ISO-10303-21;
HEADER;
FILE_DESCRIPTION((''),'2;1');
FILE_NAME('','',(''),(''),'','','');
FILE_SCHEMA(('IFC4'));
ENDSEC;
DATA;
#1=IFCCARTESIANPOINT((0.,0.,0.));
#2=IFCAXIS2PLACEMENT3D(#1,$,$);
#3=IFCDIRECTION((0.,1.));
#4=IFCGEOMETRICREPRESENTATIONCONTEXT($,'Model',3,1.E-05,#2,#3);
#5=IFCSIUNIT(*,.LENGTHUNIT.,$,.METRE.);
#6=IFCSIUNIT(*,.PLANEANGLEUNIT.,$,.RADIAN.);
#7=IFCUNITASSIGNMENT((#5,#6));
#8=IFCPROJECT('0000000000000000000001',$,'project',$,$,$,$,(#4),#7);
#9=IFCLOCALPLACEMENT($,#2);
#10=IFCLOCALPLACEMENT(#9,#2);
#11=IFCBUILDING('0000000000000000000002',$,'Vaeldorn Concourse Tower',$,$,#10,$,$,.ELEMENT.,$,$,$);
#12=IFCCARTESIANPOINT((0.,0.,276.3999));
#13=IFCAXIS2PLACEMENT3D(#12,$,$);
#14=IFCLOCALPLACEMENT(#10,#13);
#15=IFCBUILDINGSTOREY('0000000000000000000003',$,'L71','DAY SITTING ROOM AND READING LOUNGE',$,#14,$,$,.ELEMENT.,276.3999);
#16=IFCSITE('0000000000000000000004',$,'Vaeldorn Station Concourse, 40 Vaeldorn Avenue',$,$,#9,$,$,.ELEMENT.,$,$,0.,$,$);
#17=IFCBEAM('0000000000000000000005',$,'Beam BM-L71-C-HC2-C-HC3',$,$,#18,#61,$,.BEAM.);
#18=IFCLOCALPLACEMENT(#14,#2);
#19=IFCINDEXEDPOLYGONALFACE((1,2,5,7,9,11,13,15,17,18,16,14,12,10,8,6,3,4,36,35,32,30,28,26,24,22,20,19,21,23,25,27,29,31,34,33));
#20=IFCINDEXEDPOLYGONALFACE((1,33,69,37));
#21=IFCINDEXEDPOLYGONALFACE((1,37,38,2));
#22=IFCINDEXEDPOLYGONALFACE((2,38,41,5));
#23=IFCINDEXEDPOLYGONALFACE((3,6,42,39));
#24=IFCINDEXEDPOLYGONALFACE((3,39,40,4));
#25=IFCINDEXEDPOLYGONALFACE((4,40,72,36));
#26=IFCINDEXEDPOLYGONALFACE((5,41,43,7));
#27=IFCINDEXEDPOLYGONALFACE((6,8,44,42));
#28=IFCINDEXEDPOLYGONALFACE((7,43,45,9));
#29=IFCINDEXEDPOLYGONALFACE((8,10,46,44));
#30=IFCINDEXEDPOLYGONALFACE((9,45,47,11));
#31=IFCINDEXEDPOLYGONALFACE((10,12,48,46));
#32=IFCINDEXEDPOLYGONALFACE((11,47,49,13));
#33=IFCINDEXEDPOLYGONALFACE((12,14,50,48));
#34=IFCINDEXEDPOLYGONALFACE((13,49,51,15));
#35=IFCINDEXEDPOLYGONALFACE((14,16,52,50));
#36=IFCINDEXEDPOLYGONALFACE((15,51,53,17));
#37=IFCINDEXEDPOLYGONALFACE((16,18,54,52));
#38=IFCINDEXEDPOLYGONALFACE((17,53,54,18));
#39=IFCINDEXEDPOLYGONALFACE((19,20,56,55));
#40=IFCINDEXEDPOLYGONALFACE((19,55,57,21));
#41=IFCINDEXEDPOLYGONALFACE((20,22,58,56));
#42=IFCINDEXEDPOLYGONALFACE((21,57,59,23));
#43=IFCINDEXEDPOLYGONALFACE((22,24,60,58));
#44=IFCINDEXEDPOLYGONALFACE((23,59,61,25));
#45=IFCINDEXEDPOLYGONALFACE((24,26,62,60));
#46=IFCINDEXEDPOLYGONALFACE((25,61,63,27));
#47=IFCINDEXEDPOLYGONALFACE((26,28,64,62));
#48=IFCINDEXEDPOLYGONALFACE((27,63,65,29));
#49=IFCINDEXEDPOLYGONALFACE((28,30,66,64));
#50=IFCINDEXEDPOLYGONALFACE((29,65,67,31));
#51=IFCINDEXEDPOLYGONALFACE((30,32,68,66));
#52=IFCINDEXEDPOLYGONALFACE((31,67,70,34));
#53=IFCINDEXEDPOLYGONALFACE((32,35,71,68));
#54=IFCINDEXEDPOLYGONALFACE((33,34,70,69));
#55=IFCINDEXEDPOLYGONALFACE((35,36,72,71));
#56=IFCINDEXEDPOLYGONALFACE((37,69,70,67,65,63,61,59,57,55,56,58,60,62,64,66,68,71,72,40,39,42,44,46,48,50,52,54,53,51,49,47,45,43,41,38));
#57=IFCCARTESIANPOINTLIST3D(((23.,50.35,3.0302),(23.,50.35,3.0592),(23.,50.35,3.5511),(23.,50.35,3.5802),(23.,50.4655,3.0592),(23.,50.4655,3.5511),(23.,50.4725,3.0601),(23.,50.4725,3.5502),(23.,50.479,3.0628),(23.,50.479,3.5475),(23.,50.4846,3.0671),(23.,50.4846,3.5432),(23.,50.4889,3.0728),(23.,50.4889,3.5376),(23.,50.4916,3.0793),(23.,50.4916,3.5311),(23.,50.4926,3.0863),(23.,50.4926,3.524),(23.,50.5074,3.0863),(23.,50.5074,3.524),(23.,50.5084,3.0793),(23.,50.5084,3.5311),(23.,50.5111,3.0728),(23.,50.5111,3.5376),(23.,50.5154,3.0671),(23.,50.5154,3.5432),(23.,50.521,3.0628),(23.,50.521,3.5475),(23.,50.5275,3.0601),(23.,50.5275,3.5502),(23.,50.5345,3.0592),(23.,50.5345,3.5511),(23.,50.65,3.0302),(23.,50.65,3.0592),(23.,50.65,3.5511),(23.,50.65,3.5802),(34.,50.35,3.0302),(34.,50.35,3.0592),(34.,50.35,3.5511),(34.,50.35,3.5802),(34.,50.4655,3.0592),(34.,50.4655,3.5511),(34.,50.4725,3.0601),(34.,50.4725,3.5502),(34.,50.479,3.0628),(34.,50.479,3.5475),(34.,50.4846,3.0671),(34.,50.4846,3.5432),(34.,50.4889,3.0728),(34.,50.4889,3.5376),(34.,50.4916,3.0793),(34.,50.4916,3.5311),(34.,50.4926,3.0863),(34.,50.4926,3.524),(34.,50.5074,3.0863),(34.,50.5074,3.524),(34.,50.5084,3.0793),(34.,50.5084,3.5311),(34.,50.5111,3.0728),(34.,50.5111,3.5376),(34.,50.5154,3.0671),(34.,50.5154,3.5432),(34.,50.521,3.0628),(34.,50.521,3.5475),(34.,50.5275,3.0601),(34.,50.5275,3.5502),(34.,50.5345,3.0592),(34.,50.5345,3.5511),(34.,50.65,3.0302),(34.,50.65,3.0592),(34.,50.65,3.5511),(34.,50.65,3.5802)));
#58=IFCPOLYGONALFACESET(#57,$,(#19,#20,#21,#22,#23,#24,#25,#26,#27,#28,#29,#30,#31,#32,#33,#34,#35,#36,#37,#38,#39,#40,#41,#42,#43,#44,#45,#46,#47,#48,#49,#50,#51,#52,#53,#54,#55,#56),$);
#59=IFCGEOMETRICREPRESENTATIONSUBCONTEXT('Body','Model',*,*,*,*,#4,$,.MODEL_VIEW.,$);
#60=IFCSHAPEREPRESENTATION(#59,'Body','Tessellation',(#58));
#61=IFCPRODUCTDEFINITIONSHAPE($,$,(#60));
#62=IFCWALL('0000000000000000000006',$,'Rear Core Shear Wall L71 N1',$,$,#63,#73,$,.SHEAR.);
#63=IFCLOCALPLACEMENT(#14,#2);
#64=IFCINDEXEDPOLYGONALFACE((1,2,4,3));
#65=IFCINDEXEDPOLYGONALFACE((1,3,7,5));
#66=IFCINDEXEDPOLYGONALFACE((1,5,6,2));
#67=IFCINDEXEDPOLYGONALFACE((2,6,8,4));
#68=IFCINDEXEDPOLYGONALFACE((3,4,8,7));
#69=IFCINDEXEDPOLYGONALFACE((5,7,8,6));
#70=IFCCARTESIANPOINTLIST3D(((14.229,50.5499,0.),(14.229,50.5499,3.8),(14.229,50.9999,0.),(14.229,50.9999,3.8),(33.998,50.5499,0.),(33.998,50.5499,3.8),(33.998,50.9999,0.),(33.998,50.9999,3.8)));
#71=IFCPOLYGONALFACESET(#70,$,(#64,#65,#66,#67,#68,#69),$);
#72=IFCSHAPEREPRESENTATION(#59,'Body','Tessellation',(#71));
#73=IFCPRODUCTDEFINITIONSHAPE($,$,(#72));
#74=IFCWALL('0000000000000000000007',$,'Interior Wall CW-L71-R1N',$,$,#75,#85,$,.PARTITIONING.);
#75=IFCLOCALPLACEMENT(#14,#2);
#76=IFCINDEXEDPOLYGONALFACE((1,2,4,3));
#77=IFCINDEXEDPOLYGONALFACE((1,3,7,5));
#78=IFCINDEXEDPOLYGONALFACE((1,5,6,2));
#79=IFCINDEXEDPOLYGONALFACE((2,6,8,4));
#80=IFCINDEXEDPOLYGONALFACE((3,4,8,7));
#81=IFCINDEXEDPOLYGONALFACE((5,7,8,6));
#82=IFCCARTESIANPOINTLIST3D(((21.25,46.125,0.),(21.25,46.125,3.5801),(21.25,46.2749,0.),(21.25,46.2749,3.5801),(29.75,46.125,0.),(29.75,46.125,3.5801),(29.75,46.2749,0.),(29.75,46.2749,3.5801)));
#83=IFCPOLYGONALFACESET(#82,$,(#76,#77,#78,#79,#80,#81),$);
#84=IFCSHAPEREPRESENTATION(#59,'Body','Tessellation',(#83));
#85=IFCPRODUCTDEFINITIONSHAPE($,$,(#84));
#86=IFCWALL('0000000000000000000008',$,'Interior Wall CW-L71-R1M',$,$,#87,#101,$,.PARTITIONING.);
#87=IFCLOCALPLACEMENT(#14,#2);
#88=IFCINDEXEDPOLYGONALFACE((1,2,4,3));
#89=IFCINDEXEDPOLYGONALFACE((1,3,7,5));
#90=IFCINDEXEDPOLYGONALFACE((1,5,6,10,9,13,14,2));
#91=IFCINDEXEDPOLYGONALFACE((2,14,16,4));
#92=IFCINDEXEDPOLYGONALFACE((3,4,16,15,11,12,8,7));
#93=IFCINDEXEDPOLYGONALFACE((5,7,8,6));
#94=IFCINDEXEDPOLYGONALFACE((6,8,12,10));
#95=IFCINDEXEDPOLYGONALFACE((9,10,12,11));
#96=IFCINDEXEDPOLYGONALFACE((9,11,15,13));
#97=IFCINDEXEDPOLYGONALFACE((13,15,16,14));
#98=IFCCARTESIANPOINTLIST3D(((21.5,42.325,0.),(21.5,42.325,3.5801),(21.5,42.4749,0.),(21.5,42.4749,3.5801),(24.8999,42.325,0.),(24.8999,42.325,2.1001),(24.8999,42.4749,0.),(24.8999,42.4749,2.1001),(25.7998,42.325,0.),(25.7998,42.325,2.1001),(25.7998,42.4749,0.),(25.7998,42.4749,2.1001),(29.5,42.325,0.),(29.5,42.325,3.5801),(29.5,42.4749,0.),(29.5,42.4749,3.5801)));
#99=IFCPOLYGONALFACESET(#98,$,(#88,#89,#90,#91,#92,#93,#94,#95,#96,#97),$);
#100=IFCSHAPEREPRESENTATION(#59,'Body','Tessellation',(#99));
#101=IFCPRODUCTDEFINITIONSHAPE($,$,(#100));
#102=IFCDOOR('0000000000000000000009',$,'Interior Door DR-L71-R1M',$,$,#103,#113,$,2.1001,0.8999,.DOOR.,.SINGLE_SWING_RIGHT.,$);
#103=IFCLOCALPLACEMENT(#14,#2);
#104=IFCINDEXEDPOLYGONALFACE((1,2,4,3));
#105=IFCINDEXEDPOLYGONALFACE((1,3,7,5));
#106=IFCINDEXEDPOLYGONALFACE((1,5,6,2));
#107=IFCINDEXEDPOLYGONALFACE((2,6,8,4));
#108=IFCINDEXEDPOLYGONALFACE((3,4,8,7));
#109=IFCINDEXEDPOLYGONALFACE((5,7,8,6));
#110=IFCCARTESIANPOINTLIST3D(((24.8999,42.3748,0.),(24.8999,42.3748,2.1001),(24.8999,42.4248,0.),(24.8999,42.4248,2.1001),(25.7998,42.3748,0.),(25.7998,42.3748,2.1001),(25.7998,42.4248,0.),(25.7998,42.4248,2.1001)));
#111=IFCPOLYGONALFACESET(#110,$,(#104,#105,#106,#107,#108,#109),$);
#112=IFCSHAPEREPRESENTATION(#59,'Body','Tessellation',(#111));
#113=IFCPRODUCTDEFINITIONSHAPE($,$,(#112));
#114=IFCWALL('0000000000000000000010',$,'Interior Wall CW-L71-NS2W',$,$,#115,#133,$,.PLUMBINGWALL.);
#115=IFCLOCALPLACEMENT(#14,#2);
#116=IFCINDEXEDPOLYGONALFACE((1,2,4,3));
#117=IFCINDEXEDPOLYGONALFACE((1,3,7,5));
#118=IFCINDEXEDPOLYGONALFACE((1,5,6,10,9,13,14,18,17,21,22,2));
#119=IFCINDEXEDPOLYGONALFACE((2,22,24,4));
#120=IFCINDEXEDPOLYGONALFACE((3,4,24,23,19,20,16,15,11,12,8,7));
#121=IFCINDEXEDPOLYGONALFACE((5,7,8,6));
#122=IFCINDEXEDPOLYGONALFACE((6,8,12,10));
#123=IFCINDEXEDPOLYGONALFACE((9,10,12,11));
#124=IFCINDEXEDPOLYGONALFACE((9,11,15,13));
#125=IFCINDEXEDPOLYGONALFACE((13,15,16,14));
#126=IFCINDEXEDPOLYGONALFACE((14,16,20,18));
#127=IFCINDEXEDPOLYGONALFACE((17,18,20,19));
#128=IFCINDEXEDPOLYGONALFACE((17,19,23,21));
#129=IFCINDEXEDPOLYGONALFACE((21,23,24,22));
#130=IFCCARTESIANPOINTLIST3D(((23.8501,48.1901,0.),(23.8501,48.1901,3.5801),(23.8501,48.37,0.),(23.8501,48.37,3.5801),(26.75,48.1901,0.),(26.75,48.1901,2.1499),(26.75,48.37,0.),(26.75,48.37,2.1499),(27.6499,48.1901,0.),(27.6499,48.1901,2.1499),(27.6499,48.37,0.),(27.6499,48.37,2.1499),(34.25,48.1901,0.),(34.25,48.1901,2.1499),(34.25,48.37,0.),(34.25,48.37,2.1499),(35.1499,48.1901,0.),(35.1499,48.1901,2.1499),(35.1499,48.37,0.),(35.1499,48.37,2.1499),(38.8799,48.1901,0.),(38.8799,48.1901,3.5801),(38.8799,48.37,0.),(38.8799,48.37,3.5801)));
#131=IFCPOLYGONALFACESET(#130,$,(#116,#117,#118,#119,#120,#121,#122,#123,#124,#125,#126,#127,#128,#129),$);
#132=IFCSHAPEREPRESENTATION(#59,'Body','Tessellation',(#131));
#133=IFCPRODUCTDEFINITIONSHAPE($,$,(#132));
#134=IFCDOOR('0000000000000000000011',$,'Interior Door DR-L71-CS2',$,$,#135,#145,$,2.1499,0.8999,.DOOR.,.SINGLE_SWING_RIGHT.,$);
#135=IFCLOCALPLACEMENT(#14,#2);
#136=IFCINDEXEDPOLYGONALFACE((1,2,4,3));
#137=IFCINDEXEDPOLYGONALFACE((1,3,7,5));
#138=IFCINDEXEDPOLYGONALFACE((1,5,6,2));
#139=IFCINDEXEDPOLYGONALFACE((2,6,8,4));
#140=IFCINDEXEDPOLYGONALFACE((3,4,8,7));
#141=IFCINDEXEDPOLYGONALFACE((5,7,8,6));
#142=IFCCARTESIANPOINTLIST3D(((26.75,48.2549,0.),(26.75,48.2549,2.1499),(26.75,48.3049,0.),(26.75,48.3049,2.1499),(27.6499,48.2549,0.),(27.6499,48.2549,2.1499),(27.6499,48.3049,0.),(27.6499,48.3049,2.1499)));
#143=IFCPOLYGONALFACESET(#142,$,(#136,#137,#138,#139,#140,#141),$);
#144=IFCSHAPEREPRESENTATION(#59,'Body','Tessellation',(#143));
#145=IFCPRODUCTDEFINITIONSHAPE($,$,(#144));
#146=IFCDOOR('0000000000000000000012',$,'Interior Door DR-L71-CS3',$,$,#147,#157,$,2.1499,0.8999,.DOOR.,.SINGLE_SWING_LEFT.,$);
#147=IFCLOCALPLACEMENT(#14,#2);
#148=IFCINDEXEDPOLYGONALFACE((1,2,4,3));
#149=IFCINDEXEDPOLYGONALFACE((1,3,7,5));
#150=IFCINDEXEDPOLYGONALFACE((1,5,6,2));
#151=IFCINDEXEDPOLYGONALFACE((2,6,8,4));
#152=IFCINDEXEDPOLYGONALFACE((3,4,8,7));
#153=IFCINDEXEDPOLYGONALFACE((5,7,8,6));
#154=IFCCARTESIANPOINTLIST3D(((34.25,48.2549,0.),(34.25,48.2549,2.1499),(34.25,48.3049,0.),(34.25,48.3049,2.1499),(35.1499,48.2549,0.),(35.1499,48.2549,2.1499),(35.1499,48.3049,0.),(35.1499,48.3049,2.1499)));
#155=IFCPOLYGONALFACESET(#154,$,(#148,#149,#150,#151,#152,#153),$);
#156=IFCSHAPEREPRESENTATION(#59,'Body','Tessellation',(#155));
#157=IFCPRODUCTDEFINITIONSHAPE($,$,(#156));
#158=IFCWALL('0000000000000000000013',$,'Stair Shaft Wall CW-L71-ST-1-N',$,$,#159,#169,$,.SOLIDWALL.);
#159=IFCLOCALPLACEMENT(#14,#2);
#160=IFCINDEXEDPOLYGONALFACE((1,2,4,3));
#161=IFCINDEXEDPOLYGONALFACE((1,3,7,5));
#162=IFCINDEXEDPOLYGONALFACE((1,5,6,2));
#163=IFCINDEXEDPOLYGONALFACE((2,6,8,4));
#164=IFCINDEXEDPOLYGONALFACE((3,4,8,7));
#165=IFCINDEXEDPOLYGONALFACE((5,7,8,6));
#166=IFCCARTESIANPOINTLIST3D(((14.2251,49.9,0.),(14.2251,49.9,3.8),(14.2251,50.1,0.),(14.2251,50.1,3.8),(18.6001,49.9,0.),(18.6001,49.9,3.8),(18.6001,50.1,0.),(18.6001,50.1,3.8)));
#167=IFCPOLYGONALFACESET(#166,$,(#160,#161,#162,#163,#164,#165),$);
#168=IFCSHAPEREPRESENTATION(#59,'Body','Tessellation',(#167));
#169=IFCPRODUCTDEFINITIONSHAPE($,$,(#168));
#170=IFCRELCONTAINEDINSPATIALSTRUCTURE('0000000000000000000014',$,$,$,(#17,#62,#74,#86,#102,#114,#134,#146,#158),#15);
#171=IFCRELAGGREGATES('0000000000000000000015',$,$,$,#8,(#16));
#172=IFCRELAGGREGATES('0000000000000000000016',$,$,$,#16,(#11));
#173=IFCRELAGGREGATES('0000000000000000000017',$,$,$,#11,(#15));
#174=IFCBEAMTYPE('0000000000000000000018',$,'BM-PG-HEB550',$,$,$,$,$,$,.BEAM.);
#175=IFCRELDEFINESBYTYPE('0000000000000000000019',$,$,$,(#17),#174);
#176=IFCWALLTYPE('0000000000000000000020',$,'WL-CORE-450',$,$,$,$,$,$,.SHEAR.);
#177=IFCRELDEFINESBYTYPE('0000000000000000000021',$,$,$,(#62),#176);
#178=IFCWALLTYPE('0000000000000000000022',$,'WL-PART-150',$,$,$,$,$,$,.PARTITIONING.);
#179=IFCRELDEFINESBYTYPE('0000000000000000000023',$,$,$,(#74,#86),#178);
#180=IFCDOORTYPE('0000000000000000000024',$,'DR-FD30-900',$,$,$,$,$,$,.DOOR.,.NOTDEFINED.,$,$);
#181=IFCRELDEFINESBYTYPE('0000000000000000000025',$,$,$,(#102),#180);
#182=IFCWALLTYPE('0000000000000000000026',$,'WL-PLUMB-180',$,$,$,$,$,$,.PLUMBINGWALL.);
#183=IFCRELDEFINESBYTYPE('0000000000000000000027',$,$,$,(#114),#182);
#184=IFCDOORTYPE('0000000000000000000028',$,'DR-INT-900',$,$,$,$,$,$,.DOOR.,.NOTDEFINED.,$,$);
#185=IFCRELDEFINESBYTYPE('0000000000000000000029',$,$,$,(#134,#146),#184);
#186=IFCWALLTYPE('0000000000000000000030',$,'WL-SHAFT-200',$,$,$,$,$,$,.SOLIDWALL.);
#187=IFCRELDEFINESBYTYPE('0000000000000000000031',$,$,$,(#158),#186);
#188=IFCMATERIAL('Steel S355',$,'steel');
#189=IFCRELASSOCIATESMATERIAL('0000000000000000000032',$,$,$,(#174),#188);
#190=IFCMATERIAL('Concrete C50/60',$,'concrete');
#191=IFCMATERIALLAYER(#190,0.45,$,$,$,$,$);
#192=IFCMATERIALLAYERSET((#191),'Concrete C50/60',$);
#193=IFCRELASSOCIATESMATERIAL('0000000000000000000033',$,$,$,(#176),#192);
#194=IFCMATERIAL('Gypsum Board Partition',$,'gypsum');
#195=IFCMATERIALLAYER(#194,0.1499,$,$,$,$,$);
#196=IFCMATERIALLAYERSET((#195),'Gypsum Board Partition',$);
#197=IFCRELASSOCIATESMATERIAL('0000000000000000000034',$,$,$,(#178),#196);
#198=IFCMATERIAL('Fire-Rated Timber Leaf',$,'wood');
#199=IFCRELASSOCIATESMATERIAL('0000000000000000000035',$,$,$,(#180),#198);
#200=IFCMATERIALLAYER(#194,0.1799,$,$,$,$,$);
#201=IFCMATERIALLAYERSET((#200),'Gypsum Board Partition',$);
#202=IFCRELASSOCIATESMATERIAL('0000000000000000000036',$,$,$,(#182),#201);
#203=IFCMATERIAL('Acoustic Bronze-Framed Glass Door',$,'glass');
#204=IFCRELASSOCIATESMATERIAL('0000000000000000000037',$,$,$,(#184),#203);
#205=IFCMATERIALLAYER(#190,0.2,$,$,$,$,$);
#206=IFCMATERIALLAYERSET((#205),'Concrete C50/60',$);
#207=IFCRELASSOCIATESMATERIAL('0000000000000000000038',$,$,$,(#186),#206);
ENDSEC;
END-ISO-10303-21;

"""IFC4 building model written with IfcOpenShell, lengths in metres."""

from ifc_helpers import new_model, si_unit, direction, frame, frame_2d, origin, origin_2d, place, context, subcontext, project, spatial, rectangle, i_section, extrude, source, transform, mapped, material, layer, layer_set, material_profile, profile_set, type_object, element, fill, save


model = new_model("IFC4")

# Units and contexts
model_context = context("Model", 3, precision=1e-05, world=origin(), true_north=direction((0.0, 1.0)))
body_context = subcontext(model_context, "Body", "Model", "MODEL_VIEW")
ifc_project = project(units=[si_unit("LENGTHUNIT", "METRE"), si_unit("PLANEANGLEUNIT", "RADIAN")], contexts=[model_context])

# Site, building, storey
site_placement = place(None, origin())
site = spatial("IfcSite", under=ifc_project, at=site_placement, Name="Vaeldorn Station Concourse, 40 Vaeldorn Avenue", CompositionType="ELEMENT", RefElevation=0.0)
building_placement = place(site_placement, origin())
building = spatial("IfcBuilding", under=site, at=building_placement, Name="Vaeldorn Concourse Tower", CompositionType="ELEMENT")
storey_placement = place(building_placement, frame((0.0, 0.0, 276.3999)))
storey = spatial("IfcBuildingStorey", under=building, at=storey_placement, Name="L71", Description="DAY SITTING ROOM AND READING LOUNGE", CompositionType="ELEMENT", Elevation=276.3999)

# Shared definitions
ifc_material_1 = material(Name="Steel S355", Category="steel")

# Beam
ifc_material_profile_1 = material_profile(ifc_material_1, i_section(OverallWidth=0.3, OverallDepth=0.55, WebThickness=0.0149, FlangeThickness=0.0291, FilletRadius=0.0271, at=origin_2d()), Name="HEB 550")
ifc_profile_set_1 = profile_set([ifc_material_profile_1], Name="Steel S355")
beam_type_1 = type_object("IfcBeamType", Name="BM-PG-HEB550", PredefinedType="BEAM", material=ifc_profile_set_1)
shared_shape_1 = source(origin(), body_context, "Body", "SweptSolid", [
    extrude(i_section(OverallWidth=0.3, OverallDepth=0.55, WebThickness=0.0149, FlangeThickness=0.0291, FilletRadius=0.0271, at=origin_2d()), origin(), (0.0, 0.0, 1.0), 11.0),
])
beam_1_placement = place(storey_placement, frame((23.0, 50.5, 3.3052), z_axis=(1.0, 0.0, 0.0), x_axis=(0.0, 1.0, 0.0)))
element("IfcBeam", 1, at=beam_1_placement, inside=storey, type_object=beam_type_1, Name="Beam BM-L71-C-HC2-C-HC3", PredefinedType="BEAM", context=body_context, shape_type="MappedRepresentation", body=[
    mapped(shared_shape_1, transform((0.0, 0.0, 0.0), scale=1.0)),
])

# Walls
ifc_material_2 = material(Name="Concrete C50/60", Category="concrete")
ifc_layer_1 = layer(ifc_material_2, 0.45)
ifc_layer_set_1 = layer_set([ifc_layer_1], Name="Concrete C50/60")
wall_type_1 = type_object("IfcWallType", Name="WL-CORE-450", PredefinedType="SHEAR", material=ifc_layer_set_1)
wall_1_placement = place(storey_placement, frame((14.229, 50.7749, 0.0), z_axis=(0.0, 0.0, 1.0), x_axis=(1.0, 0.0, 0.0)))
element("IfcWall", 2, at=wall_1_placement, inside=storey, type_object=wall_type_1, Name="Rear Core Shear Wall L71 N1", PredefinedType="SHEAR", context=body_context, shape_type="SweptSolid", body=[
    extrude(rectangle(XDim=19.769, YDim=0.45, at=frame_2d((9.8845, 0.0))), origin(), (0.0, 0.0, 1.0), 3.8),
])
ifc_material_3 = material(Name="Gypsum Board Partition", Category="gypsum")
ifc_layer_2 = layer(ifc_material_3, 0.1499)
ifc_layer_set_2 = layer_set([ifc_layer_2], Name="Gypsum Board Partition")
wall_type_2 = type_object("IfcWallType", Name="WL-PART-150", PredefinedType="PARTITIONING", material=ifc_layer_set_2)
wall_2_placement = place(storey_placement, frame((21.25, 46.2, 0.0), z_axis=(0.0, 0.0, 1.0), x_axis=(1.0, 0.0, 0.0)))
element("IfcWall", 3, at=wall_2_placement, inside=storey, type_object=wall_type_2, Name="Interior Wall CW-L71-R1N", PredefinedType="PARTITIONING", context=body_context, shape_type="SweptSolid", body=[
    extrude(rectangle(XDim=8.5, YDim=0.1499, at=frame_2d((4.25, 0.0))), origin(), (0.0, 0.0, 1.0), 3.5801),
])

# Wall, opening, door
wall_3_placement = place(storey_placement, frame((21.5, 42.3999, 0.0), z_axis=(0.0, 0.0, 1.0), x_axis=(1.0, 0.0, 0.0)))
wall_3 = element("IfcWall", 4, at=wall_3_placement, inside=storey, type_object=wall_type_2, Name="Interior Wall CW-L71-R1M", PredefinedType="PARTITIONING", context=body_context, shape_type="SweptSolid", body=[
    extrude(rectangle(XDim=8.0, YDim=0.1499, at=frame_2d((4.0, 0.0))), origin(), (0.0, 0.0, 1.0), 3.5801),
])
opening_1_placement = place(wall_3_placement, frame((3.3999, 0.0, 0.0)))
opening_1 = element("IfcOpeningElement", 5, at=opening_1_placement, cuts=wall_3, PredefinedType="OPENING", context=body_context, shape_type="SweptSolid", body=[
    extrude(rectangle(XDim=0.8999, YDim=2.1001, at=frame_2d((0.45, 1.05))), frame((0.0, 0.085, 0.0), z_axis=(0.0, -1.0, 0.0), x_axis=(1.0, 0.0, 0.0)), (0.0, 0.0, 1.0), 0.1699),
])
ifc_material_4 = material(Name="Fire-Rated Timber Leaf", Category="wood")
door_type_1 = type_object("IfcDoorType", Name="DR-FD30-900", OperationType="NOTDEFINED", PredefinedType="DOOR", material=ifc_material_4)
shared_shape_2 = source(origin(), body_context, "Body", "SweptSolid", [
    extrude(rectangle(XDim=0.8999, YDim=2.1001, at=frame_2d((0.45, 1.05))), frame((0.0, 0.0249, 0.0), z_axis=(0.0, -1.0, 0.0), x_axis=(1.0, 0.0, 0.0)), (0.0, 0.0, 1.0), 0.05),
])
door_1_placement = place(opening_1_placement, origin())
door_1 = element("IfcDoor", 6, at=door_1_placement, inside=storey, type_object=door_type_1, Name="Interior Door DR-L71-R1M", OperationType="SINGLE_SWING_RIGHT", OverallHeight=2.1001, OverallWidth=0.8999, PredefinedType="DOOR", context=body_context, shape_type="MappedRepresentation", body=[
    mapped(shared_shape_2, transform((0.0, 0.0, 0.0), scale=1.0)),
])
fill(opening_1, door_1)

# Wall, openings, doors
ifc_layer_3 = layer(ifc_material_3, 0.1799)
ifc_layer_set_3 = layer_set([ifc_layer_3], Name="Gypsum Board Partition")
wall_type_3 = type_object("IfcWallType", Name="WL-PLUMB-180", PredefinedType="PLUMBINGWALL", material=ifc_layer_set_3)
wall_4_placement = place(storey_placement, frame((23.8501, 48.28, 0.0), z_axis=(0.0, 0.0, 1.0), x_axis=(1.0, 0.0, 0.0)))
wall_4 = element("IfcWall", 7, at=wall_4_placement, inside=storey, type_object=wall_type_3, Name="Interior Wall CW-L71-NS2W", PredefinedType="PLUMBINGWALL", context=body_context, shape_type="SweptSolid", body=[
    extrude(rectangle(XDim=15.0298, YDim=0.1799, at=frame_2d((7.5149, 0.0))), origin(), (0.0, 0.0, 1.0), 3.5801),
])
opening_2_placement = place(wall_4_placement, frame((2.8999, 0.0, 0.0)))
opening_2 = element("IfcOpeningElement", 8, at=opening_2_placement, cuts=wall_4, PredefinedType="OPENING", context=body_context, shape_type="SweptSolid", body=[
    extrude(rectangle(XDim=0.8999, YDim=2.1499, at=frame_2d((0.45, 1.075))), frame((0.0, 0.1001, 0.0), z_axis=(0.0, -1.0, 0.0), x_axis=(1.0, 0.0, 0.0)), (0.0, 0.0, 1.0), 0.2),
])
opening_3_placement = place(wall_4_placement, frame((10.3999, 0.0, 0.0)))
opening_3 = element("IfcOpeningElement", 9, at=opening_3_placement, cuts=wall_4, PredefinedType="OPENING", context=body_context, shape_type="SweptSolid", body=[
    extrude(rectangle(XDim=0.8999, YDim=2.1499, at=frame_2d((0.45, 1.075))), frame((0.0, 0.1001, 0.0), z_axis=(0.0, -1.0, 0.0), x_axis=(1.0, 0.0, 0.0)), (0.0, 0.0, 1.0), 0.2),
])
ifc_material_5 = material(Name="Acoustic Bronze-Framed Glass Door", Category="glass")
door_type_2 = type_object("IfcDoorType", Name="DR-INT-900", OperationType="NOTDEFINED", PredefinedType="DOOR", material=ifc_material_5)
shared_shape_3 = source(origin(), body_context, "Body", "SweptSolid", [
    extrude(rectangle(XDim=0.8999, YDim=2.1499, at=frame_2d((0.45, 1.075))), frame((0.0, 0.0249, 0.0), z_axis=(0.0, -1.0, 0.0), x_axis=(1.0, 0.0, 0.0)), (0.0, 0.0, 1.0), 0.05),
])
door_2_placement = place(opening_2_placement, origin())
door_2 = element("IfcDoor", 10, at=door_2_placement, inside=storey, type_object=door_type_2, Name="Interior Door DR-L71-CS2", OperationType="SINGLE_SWING_RIGHT", OverallHeight=2.1499, OverallWidth=0.8999, PredefinedType="DOOR", context=body_context, shape_type="MappedRepresentation", body=[
    mapped(shared_shape_3, transform((0.0, 0.0, 0.0), scale=1.0)),
])
fill(opening_2, door_2)
door_3_placement = place(opening_3_placement, origin())
door_3 = element("IfcDoor", 11, at=door_3_placement, inside=storey, type_object=door_type_2, Name="Interior Door DR-L71-CS3", OperationType="SINGLE_SWING_LEFT", OverallHeight=2.1499, OverallWidth=0.8999, PredefinedType="DOOR", context=body_context, shape_type="MappedRepresentation", body=[
    mapped(shared_shape_3, transform((0.0, 0.0, 0.0), scale=1.0)),
])
fill(opening_3, door_3)

# Wall
ifc_layer_4 = layer(ifc_material_2, 0.2)
ifc_layer_set_4 = layer_set([ifc_layer_4], Name="Concrete C50/60")
wall_type_4 = type_object("IfcWallType", Name="WL-SHAFT-200", PredefinedType="SOLIDWALL", material=ifc_layer_set_4)
wall_5_placement = place(storey_placement, frame((14.2251, 50.0, 0.0), z_axis=(0.0, 0.0, 1.0), x_axis=(1.0, 0.0, 0.0)))
element("IfcWall", 12, at=wall_5_placement, inside=storey, type_object=wall_type_4, Name="Stair Shaft Wall CW-L71-ST-1-N", PredefinedType="SOLIDWALL", context=body_context, shape_type="SweptSolid", body=[
    extrude(rectangle(XDim=4.375, YDim=0.2, at=frame_2d((2.1875, 0.0))), origin(), (0.0, 0.0, 1.0), 3.8),
])

save(model, "model.ifc")
